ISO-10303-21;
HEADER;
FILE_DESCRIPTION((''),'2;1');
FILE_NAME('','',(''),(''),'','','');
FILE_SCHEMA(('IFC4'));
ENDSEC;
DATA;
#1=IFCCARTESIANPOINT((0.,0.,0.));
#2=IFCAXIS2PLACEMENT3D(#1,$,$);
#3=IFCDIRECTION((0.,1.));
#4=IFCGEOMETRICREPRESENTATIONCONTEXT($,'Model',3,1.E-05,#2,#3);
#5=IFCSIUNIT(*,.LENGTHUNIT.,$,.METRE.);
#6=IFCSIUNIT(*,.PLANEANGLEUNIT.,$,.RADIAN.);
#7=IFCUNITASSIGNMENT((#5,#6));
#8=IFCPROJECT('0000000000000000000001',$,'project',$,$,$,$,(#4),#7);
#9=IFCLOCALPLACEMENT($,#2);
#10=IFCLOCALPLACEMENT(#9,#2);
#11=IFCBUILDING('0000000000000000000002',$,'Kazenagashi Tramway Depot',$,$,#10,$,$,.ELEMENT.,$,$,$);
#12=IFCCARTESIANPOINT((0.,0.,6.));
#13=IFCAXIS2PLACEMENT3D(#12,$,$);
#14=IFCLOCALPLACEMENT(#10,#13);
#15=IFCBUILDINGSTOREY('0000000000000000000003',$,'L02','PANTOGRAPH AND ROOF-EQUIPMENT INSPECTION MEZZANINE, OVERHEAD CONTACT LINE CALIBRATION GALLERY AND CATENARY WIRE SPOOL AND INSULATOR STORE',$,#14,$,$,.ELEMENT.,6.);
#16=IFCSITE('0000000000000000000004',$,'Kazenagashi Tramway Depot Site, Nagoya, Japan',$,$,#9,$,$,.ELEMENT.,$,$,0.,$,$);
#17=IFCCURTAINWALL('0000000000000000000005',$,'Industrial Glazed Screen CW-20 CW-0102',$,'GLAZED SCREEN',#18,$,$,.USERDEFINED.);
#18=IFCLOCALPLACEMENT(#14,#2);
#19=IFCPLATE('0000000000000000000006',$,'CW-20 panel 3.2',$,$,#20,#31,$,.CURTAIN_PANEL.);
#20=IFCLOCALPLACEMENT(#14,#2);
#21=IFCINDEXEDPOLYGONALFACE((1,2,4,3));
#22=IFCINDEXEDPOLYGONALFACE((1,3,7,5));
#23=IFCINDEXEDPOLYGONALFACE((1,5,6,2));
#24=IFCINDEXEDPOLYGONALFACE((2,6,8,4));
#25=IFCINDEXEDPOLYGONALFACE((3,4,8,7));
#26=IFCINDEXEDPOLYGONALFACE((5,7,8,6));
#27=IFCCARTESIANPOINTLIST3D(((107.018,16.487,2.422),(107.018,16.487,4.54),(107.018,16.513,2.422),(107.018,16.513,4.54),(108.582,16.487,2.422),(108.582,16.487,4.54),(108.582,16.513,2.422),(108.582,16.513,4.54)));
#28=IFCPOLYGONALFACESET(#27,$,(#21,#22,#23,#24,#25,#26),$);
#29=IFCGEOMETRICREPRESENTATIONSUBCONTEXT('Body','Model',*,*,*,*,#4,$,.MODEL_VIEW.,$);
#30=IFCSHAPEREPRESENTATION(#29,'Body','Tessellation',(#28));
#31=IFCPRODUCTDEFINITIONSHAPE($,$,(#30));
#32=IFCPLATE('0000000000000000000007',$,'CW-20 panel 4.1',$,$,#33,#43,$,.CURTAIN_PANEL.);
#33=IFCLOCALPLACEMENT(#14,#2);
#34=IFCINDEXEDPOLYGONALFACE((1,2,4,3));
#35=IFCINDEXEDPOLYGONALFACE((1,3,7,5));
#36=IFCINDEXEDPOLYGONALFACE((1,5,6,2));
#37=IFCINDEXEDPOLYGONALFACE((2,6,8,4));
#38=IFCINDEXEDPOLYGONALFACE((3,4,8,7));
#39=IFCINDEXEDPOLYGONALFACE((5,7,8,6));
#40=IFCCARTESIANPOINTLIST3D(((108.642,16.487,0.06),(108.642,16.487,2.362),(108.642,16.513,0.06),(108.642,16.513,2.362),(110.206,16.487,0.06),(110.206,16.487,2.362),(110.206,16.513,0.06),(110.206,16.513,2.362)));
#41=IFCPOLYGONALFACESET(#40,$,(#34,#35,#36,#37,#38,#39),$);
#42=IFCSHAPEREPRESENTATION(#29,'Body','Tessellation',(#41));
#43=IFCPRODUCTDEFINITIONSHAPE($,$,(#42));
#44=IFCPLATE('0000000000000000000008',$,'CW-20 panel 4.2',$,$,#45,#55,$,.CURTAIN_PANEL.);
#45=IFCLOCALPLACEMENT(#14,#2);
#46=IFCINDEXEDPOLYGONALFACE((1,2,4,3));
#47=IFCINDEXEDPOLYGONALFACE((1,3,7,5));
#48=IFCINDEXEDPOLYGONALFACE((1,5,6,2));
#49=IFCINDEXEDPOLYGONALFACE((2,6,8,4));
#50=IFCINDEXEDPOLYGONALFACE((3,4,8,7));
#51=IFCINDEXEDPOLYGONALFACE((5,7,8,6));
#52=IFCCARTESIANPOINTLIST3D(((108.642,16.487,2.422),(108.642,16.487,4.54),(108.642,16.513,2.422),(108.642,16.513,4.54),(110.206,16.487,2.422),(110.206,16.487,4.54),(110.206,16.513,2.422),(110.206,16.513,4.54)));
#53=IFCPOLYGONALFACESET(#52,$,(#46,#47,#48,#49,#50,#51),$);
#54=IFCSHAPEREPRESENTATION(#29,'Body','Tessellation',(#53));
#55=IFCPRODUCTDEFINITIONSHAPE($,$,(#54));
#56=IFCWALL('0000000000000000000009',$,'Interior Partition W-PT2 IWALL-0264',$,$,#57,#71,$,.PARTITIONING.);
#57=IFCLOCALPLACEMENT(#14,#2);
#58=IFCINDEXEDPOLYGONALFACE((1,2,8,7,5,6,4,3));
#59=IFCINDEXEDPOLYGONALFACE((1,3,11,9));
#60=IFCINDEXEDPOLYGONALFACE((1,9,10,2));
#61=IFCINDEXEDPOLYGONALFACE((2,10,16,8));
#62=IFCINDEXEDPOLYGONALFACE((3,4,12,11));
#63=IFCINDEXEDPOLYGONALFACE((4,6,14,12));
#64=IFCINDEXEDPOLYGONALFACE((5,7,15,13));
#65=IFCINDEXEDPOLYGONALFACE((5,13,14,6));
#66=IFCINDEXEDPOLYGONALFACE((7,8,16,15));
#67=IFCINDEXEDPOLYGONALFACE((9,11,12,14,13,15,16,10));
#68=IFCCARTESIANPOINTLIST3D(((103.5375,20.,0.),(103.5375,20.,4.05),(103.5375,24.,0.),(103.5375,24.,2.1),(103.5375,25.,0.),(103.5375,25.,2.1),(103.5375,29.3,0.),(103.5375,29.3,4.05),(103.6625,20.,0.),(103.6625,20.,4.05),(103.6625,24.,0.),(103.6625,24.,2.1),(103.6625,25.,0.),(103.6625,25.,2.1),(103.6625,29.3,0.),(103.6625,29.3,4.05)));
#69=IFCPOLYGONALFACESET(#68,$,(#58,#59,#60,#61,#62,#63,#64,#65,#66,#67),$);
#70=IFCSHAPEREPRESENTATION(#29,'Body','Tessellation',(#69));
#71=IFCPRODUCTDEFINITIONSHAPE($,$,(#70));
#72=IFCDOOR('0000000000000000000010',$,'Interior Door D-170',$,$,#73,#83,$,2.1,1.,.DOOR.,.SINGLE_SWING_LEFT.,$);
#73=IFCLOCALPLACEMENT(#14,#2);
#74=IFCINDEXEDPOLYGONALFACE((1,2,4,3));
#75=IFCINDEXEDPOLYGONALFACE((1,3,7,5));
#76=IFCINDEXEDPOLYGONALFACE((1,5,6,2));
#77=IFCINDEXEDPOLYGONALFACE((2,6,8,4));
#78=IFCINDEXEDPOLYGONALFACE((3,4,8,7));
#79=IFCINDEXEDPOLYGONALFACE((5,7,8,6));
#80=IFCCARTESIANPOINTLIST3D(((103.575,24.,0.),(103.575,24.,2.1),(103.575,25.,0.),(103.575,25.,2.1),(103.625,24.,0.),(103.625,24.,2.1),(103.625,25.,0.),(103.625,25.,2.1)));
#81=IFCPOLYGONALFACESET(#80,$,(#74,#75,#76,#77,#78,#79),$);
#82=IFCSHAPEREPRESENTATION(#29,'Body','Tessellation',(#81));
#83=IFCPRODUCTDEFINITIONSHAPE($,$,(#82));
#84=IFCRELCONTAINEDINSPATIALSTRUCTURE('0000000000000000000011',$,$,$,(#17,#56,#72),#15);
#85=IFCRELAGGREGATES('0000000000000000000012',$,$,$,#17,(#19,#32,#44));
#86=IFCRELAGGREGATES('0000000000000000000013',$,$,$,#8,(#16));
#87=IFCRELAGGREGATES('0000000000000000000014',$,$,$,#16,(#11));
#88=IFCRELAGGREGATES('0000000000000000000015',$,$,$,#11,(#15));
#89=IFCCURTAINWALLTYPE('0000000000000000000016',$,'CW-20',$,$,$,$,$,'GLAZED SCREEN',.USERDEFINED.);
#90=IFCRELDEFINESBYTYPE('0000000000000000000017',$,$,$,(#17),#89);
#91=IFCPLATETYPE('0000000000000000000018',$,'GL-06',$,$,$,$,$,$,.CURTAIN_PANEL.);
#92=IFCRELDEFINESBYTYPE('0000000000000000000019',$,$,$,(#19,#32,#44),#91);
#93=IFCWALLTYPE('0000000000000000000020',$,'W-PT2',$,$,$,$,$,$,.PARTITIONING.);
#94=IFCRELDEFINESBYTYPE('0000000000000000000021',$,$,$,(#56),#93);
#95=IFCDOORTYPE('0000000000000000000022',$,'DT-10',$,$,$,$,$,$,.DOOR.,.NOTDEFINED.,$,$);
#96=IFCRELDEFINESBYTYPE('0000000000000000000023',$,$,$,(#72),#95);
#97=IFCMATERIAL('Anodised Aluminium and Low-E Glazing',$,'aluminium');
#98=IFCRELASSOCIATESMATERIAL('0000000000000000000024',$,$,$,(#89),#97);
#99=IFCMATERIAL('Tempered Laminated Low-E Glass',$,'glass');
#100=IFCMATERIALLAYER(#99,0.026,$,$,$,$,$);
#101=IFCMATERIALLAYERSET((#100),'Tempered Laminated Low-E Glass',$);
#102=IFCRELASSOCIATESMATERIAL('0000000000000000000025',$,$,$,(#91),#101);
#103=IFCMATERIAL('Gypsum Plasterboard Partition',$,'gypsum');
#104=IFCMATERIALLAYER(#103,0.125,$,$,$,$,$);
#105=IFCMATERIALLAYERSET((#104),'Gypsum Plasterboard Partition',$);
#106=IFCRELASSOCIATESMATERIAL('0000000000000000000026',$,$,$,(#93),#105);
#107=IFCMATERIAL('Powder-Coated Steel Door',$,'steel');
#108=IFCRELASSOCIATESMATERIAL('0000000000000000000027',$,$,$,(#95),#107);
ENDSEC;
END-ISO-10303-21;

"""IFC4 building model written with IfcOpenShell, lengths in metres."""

from ifc_helpers import new_model, si_unit, direction, frame, frame_2d, origin, origin_2d, place, context, subcontext, project, spatial, rectangle, extrude, material, layer, layer_set, type_object, element, fill, aggregate, save


model = new_model("IFC4")

# Units and contexts
model_context = context("Model", 3, precision=1e-05, world=origin(), true_north=direction((0.0, 1.0)))
body_context = subcontext(model_context, "Body", "Model", "MODEL_VIEW")
ifc_project = project(units=[si_unit("LENGTHUNIT", "METRE"), si_unit("PLANEANGLEUNIT", "RADIAN")], contexts=[model_context])

# Site, building, storey
site_placement = place(None, origin())
site = spatial("IfcSite", under=ifc_project, at=site_placement, Name="Kazenagashi Tramway Depot Site, Nagoya, Japan", CompositionType="ELEMENT", RefElevation=0.0)
building_placement = place(site_placement, origin())
building = spatial("IfcBuilding", under=site, at=building_placement, Name="Kazenagashi Tramway Depot", CompositionType="ELEMENT")
storey_placement = place(building_placement, frame((0.0, 0.0, 6.0)))
storey = spatial("IfcBuildingStorey", under=building, at=storey_placement, Name="L02", Description="PANTOGRAPH AND ROOF-EQUIPMENT INSPECTION MEZZANINE, OVERHEAD CONTACT LINE CALIBRATION GALLERY AND CATENARY WIRE SPOOL AND INSULATOR STORE", CompositionType="ELEMENT", Elevation=6.0)

# Curtain wall
ifc_material_1 = material(Name="Anodised Aluminium and Low-E Glazing", Category="aluminium")
curtain_wall_type = type_object("IfcCurtainWallType", Name="CW-20", ElementType="GLAZED SCREEN", PredefinedType="USERDEFINED", material=ifc_material_1)
curtain_wall_placement = place(storey_placement, origin())
curtain_wall = element("IfcCurtainWall", 1, at=curtain_wall_placement, inside=storey, type_object=curtain_wall_type, Name="Industrial Glazed Screen CW-20 CW-0102", ObjectType="GLAZED SCREEN", PredefinedType="USERDEFINED")

# Plates
ifc_material_2 = material(Name="Tempered Laminated Low-E Glass", Category="glass")
ifc_layer_1 = layer(ifc_material_2, 0.026)
ifc_layer_set_1 = layer_set([ifc_layer_1], Name="Tempered Laminated Low-E Glass")
plate_type = type_object("IfcPlateType", Name="GL-06", PredefinedType="CURTAIN_PANEL", material=ifc_layer_set_1)
plate_1_placement = place(storey_placement, frame((107.8, 16.5, 2.422), z_axis=(0.0, 0.0, 1.0), x_axis=(1.0, 0.0, 0.0)))
plate_1 = element("IfcPlate", 2, at=plate_1_placement, type_object=plate_type, Name="CW-20 panel 3.2", PredefinedType="CURTAIN_PANEL", context=body_context, shape_type="SweptSolid", body=[
    extrude(rectangle(XDim=1.564, YDim=0.026, at=origin_2d()), origin(), (0.0, 0.0, 1.0), 2.118),
])
plate_2_placement = place(storey_placement, frame((109.424, 16.5, 0.06), z_axis=(0.0, 0.0, 1.0), x_axis=(1.0, 0.0, 0.0)))
plate_2 = element("IfcPlate", 3, at=plate_2_placement, type_object=plate_type, Name="CW-20 panel 4.1", PredefinedType="CURTAIN_PANEL", context=body_context, shape_type="SweptSolid", body=[
    extrude(rectangle(XDim=1.564, YDim=0.026, at=origin_2d()), origin(), (0.0, 0.0, 1.0), 2.302),
])
plate_3_placement = place(storey_placement, frame((109.424, 16.5, 2.422), z_axis=(0.0, 0.0, 1.0), x_axis=(1.0, 0.0, 0.0)))
plate_3 = element("IfcPlate", 4, at=plate_3_placement, type_object=plate_type, Name="CW-20 panel 4.2", PredefinedType="CURTAIN_PANEL", context=body_context, shape_type="SweptSolid", body=[
    extrude(rectangle(XDim=1.564, YDim=0.026, at=origin_2d()), origin(), (0.0, 0.0, 1.0), 2.118),
])
aggregate(curtain_wall, [plate_1, plate_2, plate_3])

# Wall, opening, door
ifc_material_3 = material(Name="Gypsum Plasterboard Partition", Category="gypsum")
ifc_layer_2 = layer(ifc_material_3, 0.125)
ifc_layer_set_2 = layer_set([ifc_layer_2], Name="Gypsum Plasterboard Partition")
wall_type = type_object("IfcWallType", Name="W-PT2", PredefinedType="PARTITIONING", material=ifc_layer_set_2)
wall_placement = place(storey_placement, frame((103.6, 20.0, 0.0), z_axis=(0.0, 0.0, 1.0), x_axis=(0.0, 1.0, 0.0)))
wall = element("IfcWall", 5, at=wall_placement, inside=storey, type_object=wall_type, Name="Interior Partition W-PT2 IWALL-0264", PredefinedType="PARTITIONING", context=body_context, shape_type="SweptSolid", body=[
    extrude(rectangle(XDim=9.3, YDim=0.125, at=frame_2d((4.65, 0.0))), origin(), (0.0, 0.0, 1.0), 4.05),
])
opening_placement = place(wall_placement, frame((4.0, 0.0, 0.0)))
opening = element("IfcOpeningElement", 6, at=opening_placement, cuts=wall, PredefinedType="OPENING", context=body_context, shape_type="SweptSolid", body=[
    extrude(rectangle(XDim=1.0, YDim=2.1, at=frame_2d((0.5, 1.05))), frame((0.0, 0.0725, 0.0), z_axis=(0.0, -1.0, 0.0), x_axis=(1.0, 0.0, 0.0)), (0.0, 0.0, 1.0), 0.145),
])
ifc_material_4 = material(Name="Powder-Coated Steel Door", Category="steel")
door_type = type_object("IfcDoorType", Name="DT-10", OperationType="NOTDEFINED", PredefinedType="DOOR", material=ifc_material_4)
door_placement = place(opening_placement, origin())
door = element("IfcDoor", 7, at=door_placement, inside=storey, type_object=door_type, Name="Interior Door D-170", OperationType="SINGLE_SWING_LEFT", OverallHeight=2.1, OverallWidth=1.0, PredefinedType="DOOR", context=body_context, shape_type="SweptSolid", body=[
    extrude(rectangle(XDim=1.0, YDim=2.1, at=frame_2d((0.5, 1.05))), frame((0.0, 0.025, 0.0), z_axis=(0.0, -1.0, 0.0), x_axis=(1.0, 0.0, 0.0)), (0.0, 0.0, 1.0), 0.05),
])
fill(opening, door)

save(model, "model.ifc")
